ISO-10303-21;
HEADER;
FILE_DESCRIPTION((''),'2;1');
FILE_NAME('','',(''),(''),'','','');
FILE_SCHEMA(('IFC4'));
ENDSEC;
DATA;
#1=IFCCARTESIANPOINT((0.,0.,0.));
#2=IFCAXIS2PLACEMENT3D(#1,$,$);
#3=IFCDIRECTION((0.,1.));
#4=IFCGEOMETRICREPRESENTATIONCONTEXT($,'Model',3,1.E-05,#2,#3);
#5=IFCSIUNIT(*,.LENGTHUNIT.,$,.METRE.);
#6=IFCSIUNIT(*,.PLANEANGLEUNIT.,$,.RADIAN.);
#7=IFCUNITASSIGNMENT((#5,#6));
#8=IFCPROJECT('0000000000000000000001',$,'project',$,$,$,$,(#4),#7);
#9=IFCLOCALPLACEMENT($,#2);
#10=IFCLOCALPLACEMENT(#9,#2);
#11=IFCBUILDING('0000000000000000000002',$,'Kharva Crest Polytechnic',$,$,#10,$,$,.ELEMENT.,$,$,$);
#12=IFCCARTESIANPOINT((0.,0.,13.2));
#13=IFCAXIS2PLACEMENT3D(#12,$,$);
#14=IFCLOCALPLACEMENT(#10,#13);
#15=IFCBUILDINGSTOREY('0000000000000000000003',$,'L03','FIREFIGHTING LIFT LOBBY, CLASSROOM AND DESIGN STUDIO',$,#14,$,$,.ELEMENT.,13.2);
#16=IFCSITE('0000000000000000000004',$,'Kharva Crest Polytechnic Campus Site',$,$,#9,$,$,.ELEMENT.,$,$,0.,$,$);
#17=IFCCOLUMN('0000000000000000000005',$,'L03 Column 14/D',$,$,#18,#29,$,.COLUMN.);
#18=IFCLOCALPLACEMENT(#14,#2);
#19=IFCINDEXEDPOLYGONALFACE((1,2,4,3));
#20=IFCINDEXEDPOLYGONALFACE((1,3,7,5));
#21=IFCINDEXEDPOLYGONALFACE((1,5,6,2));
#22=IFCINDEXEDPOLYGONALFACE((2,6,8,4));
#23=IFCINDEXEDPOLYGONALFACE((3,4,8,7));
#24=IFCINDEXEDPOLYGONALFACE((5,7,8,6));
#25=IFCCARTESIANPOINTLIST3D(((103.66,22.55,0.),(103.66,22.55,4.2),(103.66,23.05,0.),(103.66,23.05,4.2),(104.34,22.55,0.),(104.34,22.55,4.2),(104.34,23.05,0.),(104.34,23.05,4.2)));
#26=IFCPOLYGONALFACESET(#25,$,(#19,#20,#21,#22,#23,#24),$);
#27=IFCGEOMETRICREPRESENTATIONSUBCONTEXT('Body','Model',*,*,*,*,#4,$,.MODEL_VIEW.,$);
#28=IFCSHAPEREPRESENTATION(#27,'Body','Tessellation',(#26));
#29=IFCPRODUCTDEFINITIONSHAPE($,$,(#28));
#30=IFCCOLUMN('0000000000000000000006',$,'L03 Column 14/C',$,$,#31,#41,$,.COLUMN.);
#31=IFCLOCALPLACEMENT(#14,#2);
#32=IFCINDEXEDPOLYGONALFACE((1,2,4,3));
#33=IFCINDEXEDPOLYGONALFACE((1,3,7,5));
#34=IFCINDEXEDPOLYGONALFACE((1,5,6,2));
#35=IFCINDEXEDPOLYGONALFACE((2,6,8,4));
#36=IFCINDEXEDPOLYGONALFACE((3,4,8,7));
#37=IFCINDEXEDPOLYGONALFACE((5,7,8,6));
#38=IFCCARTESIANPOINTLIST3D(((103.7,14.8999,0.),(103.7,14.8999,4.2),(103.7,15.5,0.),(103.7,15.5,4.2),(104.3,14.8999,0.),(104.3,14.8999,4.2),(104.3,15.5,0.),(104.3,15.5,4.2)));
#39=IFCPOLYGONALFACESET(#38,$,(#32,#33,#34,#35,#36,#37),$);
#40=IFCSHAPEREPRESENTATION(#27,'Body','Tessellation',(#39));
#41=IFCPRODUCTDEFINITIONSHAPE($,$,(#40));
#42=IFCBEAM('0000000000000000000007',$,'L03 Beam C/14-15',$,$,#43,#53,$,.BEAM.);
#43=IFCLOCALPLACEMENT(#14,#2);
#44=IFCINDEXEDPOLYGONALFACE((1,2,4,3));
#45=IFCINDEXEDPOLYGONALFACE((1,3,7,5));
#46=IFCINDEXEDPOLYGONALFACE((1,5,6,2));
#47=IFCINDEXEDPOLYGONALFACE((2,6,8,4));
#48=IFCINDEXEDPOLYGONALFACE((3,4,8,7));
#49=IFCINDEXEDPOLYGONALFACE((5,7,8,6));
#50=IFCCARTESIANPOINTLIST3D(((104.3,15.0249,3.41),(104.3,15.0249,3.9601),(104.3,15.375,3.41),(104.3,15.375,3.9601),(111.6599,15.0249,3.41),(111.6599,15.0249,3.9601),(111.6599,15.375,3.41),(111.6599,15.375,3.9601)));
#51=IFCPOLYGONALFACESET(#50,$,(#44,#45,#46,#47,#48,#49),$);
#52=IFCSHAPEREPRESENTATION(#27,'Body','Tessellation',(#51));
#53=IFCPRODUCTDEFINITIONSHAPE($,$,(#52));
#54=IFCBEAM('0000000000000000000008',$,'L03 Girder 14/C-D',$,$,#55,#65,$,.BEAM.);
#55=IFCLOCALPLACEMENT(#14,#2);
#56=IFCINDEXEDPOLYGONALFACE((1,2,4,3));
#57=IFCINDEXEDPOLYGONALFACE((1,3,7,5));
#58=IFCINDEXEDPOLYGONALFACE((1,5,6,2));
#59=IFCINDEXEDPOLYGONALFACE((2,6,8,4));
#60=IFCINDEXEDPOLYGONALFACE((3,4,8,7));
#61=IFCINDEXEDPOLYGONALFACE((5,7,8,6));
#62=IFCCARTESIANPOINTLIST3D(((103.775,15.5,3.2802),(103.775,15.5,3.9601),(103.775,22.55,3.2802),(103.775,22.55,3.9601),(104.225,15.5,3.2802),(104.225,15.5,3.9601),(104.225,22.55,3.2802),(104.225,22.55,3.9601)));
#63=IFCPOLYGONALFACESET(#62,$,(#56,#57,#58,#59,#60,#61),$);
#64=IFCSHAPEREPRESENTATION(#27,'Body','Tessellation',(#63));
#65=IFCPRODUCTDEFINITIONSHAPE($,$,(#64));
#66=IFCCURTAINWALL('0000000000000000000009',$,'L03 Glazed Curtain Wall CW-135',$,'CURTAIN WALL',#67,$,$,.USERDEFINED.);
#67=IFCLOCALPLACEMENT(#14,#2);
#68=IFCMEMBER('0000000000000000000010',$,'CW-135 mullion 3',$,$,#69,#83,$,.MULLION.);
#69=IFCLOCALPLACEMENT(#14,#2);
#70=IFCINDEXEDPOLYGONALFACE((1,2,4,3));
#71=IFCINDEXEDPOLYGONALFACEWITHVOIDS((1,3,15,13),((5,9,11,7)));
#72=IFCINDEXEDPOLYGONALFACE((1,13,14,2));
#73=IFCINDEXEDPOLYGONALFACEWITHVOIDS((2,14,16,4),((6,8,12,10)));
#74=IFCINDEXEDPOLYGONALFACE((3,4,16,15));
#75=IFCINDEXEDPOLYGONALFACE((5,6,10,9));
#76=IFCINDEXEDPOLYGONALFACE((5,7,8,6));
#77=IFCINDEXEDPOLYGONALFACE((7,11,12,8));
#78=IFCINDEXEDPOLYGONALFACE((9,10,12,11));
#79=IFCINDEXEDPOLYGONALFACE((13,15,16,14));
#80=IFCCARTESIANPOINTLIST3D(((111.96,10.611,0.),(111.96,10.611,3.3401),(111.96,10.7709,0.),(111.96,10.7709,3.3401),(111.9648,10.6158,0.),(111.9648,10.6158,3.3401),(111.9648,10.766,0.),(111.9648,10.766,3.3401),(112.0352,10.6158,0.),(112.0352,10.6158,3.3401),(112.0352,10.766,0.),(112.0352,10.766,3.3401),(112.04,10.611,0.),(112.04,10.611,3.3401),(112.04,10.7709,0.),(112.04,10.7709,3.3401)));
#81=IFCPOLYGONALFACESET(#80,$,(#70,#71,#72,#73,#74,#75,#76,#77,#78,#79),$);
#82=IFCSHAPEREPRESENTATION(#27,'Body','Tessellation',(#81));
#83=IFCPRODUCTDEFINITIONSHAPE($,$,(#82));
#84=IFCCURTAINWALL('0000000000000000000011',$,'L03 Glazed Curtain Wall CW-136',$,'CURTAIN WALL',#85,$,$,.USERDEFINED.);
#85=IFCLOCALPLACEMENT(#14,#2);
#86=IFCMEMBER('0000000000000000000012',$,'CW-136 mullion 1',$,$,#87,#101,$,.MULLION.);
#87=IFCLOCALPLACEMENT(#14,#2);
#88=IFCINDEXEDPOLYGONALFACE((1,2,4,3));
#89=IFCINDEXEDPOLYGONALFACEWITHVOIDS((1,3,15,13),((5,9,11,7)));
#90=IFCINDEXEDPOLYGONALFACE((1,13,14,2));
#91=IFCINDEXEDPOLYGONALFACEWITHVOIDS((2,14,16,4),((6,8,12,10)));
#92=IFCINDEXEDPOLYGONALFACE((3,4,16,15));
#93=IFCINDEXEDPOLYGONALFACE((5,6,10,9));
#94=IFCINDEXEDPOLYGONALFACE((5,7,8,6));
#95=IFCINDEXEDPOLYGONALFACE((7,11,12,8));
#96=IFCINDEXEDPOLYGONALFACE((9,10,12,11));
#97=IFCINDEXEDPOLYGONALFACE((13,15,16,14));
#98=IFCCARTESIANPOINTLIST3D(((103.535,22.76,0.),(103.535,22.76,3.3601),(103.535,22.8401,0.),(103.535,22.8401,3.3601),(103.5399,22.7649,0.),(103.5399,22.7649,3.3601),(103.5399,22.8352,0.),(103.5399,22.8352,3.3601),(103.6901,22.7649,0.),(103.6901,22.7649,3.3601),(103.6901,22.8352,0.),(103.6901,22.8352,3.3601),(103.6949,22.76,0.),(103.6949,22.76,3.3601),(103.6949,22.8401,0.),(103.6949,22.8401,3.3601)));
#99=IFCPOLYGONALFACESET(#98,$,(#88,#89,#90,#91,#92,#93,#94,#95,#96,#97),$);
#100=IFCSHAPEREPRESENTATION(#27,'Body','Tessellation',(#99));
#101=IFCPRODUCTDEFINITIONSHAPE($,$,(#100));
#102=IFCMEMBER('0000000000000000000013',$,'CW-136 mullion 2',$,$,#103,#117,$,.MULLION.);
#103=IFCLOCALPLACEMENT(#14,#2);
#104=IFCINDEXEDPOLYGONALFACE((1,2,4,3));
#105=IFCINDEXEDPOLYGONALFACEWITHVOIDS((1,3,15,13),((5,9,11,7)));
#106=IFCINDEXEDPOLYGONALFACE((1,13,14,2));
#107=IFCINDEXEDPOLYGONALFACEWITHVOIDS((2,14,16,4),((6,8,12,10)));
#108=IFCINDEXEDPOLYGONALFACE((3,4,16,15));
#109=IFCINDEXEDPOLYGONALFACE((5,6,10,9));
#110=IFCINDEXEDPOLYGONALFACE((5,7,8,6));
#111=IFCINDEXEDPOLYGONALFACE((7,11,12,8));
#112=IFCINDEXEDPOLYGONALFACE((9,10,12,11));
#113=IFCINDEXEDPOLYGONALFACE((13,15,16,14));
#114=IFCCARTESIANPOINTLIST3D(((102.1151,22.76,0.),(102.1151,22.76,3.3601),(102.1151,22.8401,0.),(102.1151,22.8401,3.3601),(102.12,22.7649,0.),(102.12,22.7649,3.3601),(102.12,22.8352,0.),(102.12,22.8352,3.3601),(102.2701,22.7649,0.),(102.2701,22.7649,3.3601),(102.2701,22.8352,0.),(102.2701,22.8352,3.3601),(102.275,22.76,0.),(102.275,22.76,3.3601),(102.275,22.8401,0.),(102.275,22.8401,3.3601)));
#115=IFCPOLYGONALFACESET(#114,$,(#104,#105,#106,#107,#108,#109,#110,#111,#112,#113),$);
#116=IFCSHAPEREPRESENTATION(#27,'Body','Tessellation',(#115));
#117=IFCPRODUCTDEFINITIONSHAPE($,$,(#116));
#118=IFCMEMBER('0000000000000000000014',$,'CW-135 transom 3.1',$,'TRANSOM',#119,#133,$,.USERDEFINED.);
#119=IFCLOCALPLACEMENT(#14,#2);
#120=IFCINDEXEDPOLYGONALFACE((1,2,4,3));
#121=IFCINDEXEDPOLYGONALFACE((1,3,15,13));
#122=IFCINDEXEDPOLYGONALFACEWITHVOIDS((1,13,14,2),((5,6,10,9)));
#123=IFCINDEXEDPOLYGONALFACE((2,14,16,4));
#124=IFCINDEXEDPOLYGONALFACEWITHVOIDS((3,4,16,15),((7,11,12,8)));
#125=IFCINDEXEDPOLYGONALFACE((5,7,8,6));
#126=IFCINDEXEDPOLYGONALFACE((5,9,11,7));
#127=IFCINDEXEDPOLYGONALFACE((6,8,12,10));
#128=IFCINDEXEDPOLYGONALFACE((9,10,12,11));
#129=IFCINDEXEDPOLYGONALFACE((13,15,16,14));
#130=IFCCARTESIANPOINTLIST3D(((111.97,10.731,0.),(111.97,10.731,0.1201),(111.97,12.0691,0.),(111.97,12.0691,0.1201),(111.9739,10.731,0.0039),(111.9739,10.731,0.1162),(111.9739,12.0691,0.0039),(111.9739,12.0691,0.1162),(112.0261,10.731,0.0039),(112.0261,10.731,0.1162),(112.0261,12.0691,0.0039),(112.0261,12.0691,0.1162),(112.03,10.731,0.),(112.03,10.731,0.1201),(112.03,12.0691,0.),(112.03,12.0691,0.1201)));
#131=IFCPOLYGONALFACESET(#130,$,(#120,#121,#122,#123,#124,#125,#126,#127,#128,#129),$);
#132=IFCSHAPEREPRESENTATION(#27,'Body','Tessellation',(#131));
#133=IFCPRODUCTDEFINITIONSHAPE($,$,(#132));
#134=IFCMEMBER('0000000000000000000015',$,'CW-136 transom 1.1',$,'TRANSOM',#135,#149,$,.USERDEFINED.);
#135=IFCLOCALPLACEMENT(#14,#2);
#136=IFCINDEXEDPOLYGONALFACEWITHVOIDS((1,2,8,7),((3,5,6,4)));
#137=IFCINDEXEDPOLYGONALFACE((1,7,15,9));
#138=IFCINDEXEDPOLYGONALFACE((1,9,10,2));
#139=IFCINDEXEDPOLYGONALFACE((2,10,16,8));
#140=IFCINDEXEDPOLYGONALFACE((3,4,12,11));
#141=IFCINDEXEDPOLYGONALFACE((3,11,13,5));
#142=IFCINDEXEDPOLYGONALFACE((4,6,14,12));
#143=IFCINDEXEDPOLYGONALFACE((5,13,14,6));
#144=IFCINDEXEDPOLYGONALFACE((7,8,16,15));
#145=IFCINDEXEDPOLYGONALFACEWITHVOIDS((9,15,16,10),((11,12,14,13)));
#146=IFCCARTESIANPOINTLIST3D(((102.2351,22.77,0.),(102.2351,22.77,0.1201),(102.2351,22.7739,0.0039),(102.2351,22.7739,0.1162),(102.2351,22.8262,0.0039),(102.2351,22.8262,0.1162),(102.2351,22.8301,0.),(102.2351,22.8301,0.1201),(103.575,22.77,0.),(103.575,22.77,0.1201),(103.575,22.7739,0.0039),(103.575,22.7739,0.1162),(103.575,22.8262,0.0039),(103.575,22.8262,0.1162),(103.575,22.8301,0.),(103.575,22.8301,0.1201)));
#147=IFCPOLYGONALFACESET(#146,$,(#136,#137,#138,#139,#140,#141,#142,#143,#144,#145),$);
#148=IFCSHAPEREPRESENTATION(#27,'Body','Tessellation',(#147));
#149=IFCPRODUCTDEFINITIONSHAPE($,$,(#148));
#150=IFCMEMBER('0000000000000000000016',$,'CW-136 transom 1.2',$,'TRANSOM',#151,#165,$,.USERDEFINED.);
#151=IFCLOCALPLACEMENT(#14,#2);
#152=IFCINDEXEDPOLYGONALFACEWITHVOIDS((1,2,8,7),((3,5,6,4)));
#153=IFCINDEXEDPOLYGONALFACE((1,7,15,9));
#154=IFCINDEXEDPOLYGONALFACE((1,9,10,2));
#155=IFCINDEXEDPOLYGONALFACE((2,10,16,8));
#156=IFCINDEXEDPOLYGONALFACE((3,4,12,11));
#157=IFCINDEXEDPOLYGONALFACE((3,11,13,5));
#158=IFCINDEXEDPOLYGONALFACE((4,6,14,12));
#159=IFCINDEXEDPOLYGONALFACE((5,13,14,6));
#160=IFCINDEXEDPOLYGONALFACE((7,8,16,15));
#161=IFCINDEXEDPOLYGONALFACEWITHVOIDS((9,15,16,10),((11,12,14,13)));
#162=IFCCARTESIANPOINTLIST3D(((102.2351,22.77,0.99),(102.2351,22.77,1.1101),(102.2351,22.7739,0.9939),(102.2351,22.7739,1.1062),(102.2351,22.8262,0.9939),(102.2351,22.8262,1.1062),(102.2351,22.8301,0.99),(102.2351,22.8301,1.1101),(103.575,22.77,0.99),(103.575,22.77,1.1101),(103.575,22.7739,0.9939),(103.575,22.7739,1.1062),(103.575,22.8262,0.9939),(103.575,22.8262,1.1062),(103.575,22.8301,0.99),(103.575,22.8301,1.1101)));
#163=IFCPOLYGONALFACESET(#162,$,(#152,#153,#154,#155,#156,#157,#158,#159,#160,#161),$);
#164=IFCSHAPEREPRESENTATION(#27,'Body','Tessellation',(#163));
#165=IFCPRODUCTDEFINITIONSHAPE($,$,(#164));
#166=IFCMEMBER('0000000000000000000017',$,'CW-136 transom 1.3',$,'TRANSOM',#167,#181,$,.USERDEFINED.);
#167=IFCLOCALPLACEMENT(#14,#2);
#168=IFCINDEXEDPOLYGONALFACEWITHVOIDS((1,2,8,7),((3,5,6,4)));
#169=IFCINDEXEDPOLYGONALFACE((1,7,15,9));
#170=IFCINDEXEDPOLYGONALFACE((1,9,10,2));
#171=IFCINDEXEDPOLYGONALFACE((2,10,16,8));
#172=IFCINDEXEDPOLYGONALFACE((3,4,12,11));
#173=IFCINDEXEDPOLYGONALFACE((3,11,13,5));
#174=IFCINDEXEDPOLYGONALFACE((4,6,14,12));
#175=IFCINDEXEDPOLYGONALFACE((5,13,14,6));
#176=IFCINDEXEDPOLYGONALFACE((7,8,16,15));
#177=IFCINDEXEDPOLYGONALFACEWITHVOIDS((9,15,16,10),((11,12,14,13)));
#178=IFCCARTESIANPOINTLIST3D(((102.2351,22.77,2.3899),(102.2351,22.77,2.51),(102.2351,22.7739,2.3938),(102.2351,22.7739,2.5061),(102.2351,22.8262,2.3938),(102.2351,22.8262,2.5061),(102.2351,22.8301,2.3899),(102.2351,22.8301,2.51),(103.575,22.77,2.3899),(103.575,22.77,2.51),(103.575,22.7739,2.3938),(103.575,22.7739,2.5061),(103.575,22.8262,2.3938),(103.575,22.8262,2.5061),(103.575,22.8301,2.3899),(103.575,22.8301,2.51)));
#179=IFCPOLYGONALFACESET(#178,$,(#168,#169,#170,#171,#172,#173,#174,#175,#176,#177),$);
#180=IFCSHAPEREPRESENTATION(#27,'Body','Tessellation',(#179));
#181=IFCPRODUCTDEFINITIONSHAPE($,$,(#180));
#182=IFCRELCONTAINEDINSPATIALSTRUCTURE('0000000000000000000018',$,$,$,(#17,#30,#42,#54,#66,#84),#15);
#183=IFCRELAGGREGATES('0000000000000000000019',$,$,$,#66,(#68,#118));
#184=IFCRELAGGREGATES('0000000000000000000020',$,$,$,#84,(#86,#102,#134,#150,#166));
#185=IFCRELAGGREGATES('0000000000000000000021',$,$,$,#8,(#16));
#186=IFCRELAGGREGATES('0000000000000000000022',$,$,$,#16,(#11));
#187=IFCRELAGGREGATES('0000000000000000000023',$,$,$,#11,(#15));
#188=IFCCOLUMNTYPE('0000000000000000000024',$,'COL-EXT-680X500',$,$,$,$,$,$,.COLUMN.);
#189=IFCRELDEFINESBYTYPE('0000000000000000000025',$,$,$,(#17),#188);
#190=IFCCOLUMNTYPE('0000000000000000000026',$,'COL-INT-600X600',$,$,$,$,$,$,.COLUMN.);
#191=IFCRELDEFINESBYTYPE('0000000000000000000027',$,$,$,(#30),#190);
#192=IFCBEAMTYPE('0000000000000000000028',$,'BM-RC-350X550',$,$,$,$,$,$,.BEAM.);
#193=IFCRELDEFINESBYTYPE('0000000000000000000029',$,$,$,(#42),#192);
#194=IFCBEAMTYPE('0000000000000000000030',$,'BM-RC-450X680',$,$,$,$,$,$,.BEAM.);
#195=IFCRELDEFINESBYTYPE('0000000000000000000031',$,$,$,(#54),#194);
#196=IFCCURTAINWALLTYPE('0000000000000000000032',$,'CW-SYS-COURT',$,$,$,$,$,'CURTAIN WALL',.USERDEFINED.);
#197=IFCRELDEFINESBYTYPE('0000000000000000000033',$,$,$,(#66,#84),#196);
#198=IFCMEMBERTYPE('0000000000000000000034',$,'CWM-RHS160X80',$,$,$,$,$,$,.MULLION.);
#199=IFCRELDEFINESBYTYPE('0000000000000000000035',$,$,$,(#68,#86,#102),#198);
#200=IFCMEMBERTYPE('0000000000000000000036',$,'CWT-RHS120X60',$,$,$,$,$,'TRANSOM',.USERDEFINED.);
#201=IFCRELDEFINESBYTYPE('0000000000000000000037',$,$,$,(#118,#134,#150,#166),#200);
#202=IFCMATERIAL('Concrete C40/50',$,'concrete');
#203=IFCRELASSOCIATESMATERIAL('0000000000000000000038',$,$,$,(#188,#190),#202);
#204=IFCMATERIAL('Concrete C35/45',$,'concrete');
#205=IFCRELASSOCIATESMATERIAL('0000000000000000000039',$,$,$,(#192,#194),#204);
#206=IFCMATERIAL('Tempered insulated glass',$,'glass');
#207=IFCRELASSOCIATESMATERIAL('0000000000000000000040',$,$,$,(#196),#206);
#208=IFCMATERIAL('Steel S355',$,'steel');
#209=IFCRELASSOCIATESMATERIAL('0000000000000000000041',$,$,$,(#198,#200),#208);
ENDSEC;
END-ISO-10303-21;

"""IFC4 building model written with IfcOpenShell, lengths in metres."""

from ifc_helpers import new_model, si_unit, direction, frame, origin, origin_2d, place, context, subcontext, project, spatial, rectangle, hollow_rectangle, extrude, material, material_profile, profile_set, type_object, element, aggregate, save


model = new_model("IFC4")

# Units and contexts
model_context = context("Model", 3, precision=1e-05, world=origin(), true_north=direction((0.0, 1.0)))
body_context = subcontext(model_context, "Body", "Model", "MODEL_VIEW")
ifc_project = project(units=[si_unit("LENGTHUNIT", "METRE"), si_unit("PLANEANGLEUNIT", "RADIAN")], contexts=[model_context])

# Site, building, storey
site_placement = place(None, origin())
site = spatial("IfcSite", under=ifc_project, at=site_placement, Name="Kharva Crest Polytechnic Campus Site", CompositionType="ELEMENT", RefElevation=0.0)
building_placement = place(site_placement, origin())
building = spatial("IfcBuilding", under=site, at=building_placement, Name="Kharva Crest Polytechnic", CompositionType="ELEMENT")
storey_placement = place(building_placement, frame((0.0, 0.0, 13.2)))
storey = spatial("IfcBuildingStorey", under=building, at=storey_placement, Name="L03", Description="FIREFIGHTING LIFT LOBBY, CLASSROOM AND DESIGN STUDIO", CompositionType="ELEMENT", Elevation=13.2)

# Columns
ifc_material_1 = material(Name="Concrete C40/50", Category="concrete")
ifc_material_profile_1 = material_profile(ifc_material_1, rectangle(XDim=0.6799, YDim=0.5, at=origin_2d()), Name="RECT 680 X 500")
ifc_profile_set_1 = profile_set([ifc_material_profile_1], Name="Concrete C40/50")
column_type_1 = type_object("IfcColumnType", Name="COL-EXT-680X500", PredefinedType="COLUMN", material=ifc_profile_set_1)
column_1_placement = place(storey_placement, frame((104.0, 22.8, 0.0), z_axis=(0.0, 0.0, 1.0), x_axis=(1.0, 0.0, 0.0)))
element("IfcColumn", 1, at=column_1_placement, inside=storey, type_object=column_type_1, Name="L03 Column 14/D", PredefinedType="COLUMN", context=body_context, shape_type="SweptSolid", body=[
    extrude(rectangle(XDim=0.6799, YDim=0.5, at=origin_2d()), origin(), (0.0, 0.0, 1.0), 4.2),
])
ifc_material_profile_2 = material_profile(ifc_material_1, rectangle(XDim=0.6001, YDim=0.6001, at=origin_2d()), Name="RECT 600 X 600")
ifc_profile_set_2 = profile_set([ifc_material_profile_2], Name="Concrete C40/50")
column_type_2 = type_object("IfcColumnType", Name="COL-INT-600X600", PredefinedType="COLUMN", material=ifc_profile_set_2)
column_2_placement = place(storey_placement, frame((104.0, 15.2, 0.0), z_axis=(0.0, 0.0, 1.0), x_axis=(1.0, 0.0, 0.0)))
element("IfcColumn", 2, at=column_2_placement, inside=storey, type_object=column_type_2, Name="L03 Column 14/C", PredefinedType="COLUMN", context=body_context, shape_type="SweptSolid", body=[
    extrude(rectangle(XDim=0.6001, YDim=0.6001, at=origin_2d()), origin(), (0.0, 0.0, 1.0), 4.2),
])

# Beams
ifc_material_2 = material(Name="Concrete C35/45", Category="concrete")
ifc_material_profile_3 = material_profile(ifc_material_2, rectangle(XDim=0.3501, YDim=0.55, at=origin_2d()), Name="RECT 350 X 550")
ifc_profile_set_3 = profile_set([ifc_material_profile_3], Name="Concrete C35/45")
beam_type_1 = type_object("IfcBeamType", Name="BM-RC-350X550", PredefinedType="BEAM", material=ifc_profile_set_3)
beam_1_placement = place(storey_placement, frame((104.3, 15.2, 3.6851), z_axis=(1.0, 0.0, 0.0), x_axis=(0.0, 1.0, 0.0)))
element("IfcBeam", 3, at=beam_1_placement, inside=storey, type_object=beam_type_1, Name="L03 Beam C/14-15", PredefinedType="BEAM", context=body_context, shape_type="SweptSolid", body=[
    extrude(rectangle(XDim=0.3501, YDim=0.55, at=origin_2d()), origin(), (0.0, 0.0, 1.0), 7.3599),
])
ifc_material_profile_4 = material_profile(ifc_material_2, rectangle(XDim=0.45, YDim=0.6799, at=origin_2d()), Name="RECT 450 X 680")
ifc_profile_set_4 = profile_set([ifc_material_profile_4], Name="Concrete C35/45")
beam_type_2 = type_object("IfcBeamType", Name="BM-RC-450X680", PredefinedType="BEAM", material=ifc_profile_set_4)
beam_2_placement = place(storey_placement, frame((104.0, 15.5, 3.6201), z_axis=(0.0, 1.0, 0.0), x_axis=(-1.0, 0.0, 0.0)))
element("IfcBeam", 4, at=beam_2_placement, inside=storey, type_object=beam_type_2, Name="L03 Girder 14/C-D", PredefinedType="BEAM", context=body_context, shape_type="SweptSolid", body=[
    extrude(rectangle(XDim=0.45, YDim=0.6799, at=origin_2d()), origin(), (0.0, 0.0, 1.0), 7.05),
])

# Curtain wall, member
ifc_material_3 = material(Name="Tempered insulated glass", Category="glass")
curtain_wall_type = type_object("IfcCurtainWallType", Name="CW-SYS-COURT", ElementType="CURTAIN WALL", PredefinedType="USERDEFINED", material=ifc_material_3)
curtain_wall_1_placement = place(storey_placement, origin())
curtain_wall_1 = element("IfcCurtainWall", 5, at=curtain_wall_1_placement, inside=storey, type_object=curtain_wall_type, Name="L03 Glazed Curtain Wall CW-135", ObjectType="CURTAIN WALL", PredefinedType="USERDEFINED")
ifc_material_4 = material(Name="Steel S355", Category="steel")
ifc_material_profile_5 = material_profile(ifc_material_4, hollow_rectangle(XDim=0.0801, YDim=0.1599, WallThickness=0.0049, at=origin_2d()), Name="RHS 160X80X5.0")
ifc_profile_set_5 = profile_set([ifc_material_profile_5], Name="Steel S355")
member_type_1 = type_object("IfcMemberType", Name="CWM-RHS160X80", PredefinedType="MULLION", material=ifc_profile_set_5)
member_1_placement = place(storey_placement, frame((112.0, 10.6909, 0.0), z_axis=(0.0, 0.0, 1.0), x_axis=(-1.0, 0.0, 0.0)))
member_1 = element("IfcMember", 6, at=member_1_placement, type_object=member_type_1, Name="CW-135 mullion 3", PredefinedType="MULLION", context=body_context, shape_type="SweptSolid", body=[
    extrude(hollow_rectangle(XDim=0.0801, YDim=0.1599, WallThickness=0.0049, at=origin_2d()), origin(), (0.0, 0.0, 1.0), 3.3401),
])

# Curtain wall, members
curtain_wall_2_placement = place(storey_placement, origin())
curtain_wall_2 = element("IfcCurtainWall", 7, at=curtain_wall_2_placement, inside=storey, type_object=curtain_wall_type, Name="L03 Glazed Curtain Wall CW-136", ObjectType="CURTAIN WALL", PredefinedType="USERDEFINED")
member_2_placement = place(storey_placement, frame((103.615, 22.8, 0.0), z_axis=(0.0, 0.0, 1.0), x_axis=(0.0, -1.0, 0.0)))
member_2 = element("IfcMember", 8, at=member_2_placement, type_object=member_type_1, Name="CW-136 mullion 1", PredefinedType="MULLION", context=body_context, shape_type="SweptSolid", body=[
    extrude(hollow_rectangle(XDim=0.0801, YDim=0.1599, WallThickness=0.0049, at=origin_2d()), origin(), (0.0, 0.0, 1.0), 3.3601),
])
member_3_placement = place(storey_placement, frame((102.1951, 22.8, 0.0), z_axis=(0.0, 0.0, 1.0), x_axis=(0.0, -1.0, 0.0)))
member_3 = element("IfcMember", 9, at=member_3_placement, type_object=member_type_1, Name="CW-136 mullion 2", PredefinedType="MULLION", context=body_context, shape_type="SweptSolid", body=[
    extrude(hollow_rectangle(XDim=0.0801, YDim=0.1599, WallThickness=0.0049, at=origin_2d()), origin(), (0.0, 0.0, 1.0), 3.3601),
])

# Members
ifc_material_profile_6 = material_profile(ifc_material_4, hollow_rectangle(XDim=0.0601, YDim=0.1201, WallThickness=0.0039, at=origin_2d()), Name="RHS 120X60X4.0")
ifc_profile_set_6 = profile_set([ifc_material_profile_6], Name="Steel S355")
member_type_2 = type_object("IfcMemberType", Name="CWT-RHS120X60", ElementType="TRANSOM", PredefinedType="USERDEFINED", material=ifc_profile_set_6)
member_4_placement = place(storey_placement, frame((112.0, 10.731, 0.0601), z_axis=(0.0, 1.0, 0.0), x_axis=(-1.0, 0.0, 0.0)))
member_4 = element("IfcMember", 10, at=member_4_placement, type_object=member_type_2, Name="CW-135 transom 3.1", ObjectType="TRANSOM", PredefinedType="USERDEFINED", context=body_context, shape_type="SweptSolid", body=[
    extrude(hollow_rectangle(XDim=0.0601, YDim=0.1201, WallThickness=0.0039, at=origin_2d()), origin(), (0.0, 0.0, 1.0), 1.3381),
])
aggregate(curtain_wall_1, [member_1, member_4])
member_5_placement = place(storey_placement, frame((103.575, 22.8, 0.0601), z_axis=(-1.0, 0.0, 0.0), x_axis=(0.0, -1.0, 0.0)))
member_5 = element("IfcMember", 11, at=member_5_placement, type_object=member_type_2, Name="CW-136 transom 1.1", ObjectType="TRANSOM", PredefinedType="USERDEFINED", context=body_context, shape_type="SweptSolid", body=[
    extrude(hollow_rectangle(XDim=0.0601, YDim=0.1201, WallThickness=0.0039, at=origin_2d()), origin(), (0.0, 0.0, 1.0), 1.3398),
])
member_6_placement = place(storey_placement, frame((103.575, 22.8, 1.05), z_axis=(-1.0, 0.0, 0.0), x_axis=(0.0, -1.0, 0.0)))
member_6 = element("IfcMember", 12, at=member_6_placement, type_object=member_type_2, Name="CW-136 transom 1.2", ObjectType="TRANSOM", PredefinedType="USERDEFINED", context=body_context, shape_type="SweptSolid", body=[
    extrude(hollow_rectangle(XDim=0.0601, YDim=0.1201, WallThickness=0.0039, at=origin_2d()), origin(), (0.0, 0.0, 1.0), 1.3398),
])
member_7_placement = place(storey_placement, frame((103.575, 22.8, 2.45), z_axis=(-1.0, 0.0, 0.0), x_axis=(0.0, -1.0, 0.0)))
member_7 = element("IfcMember", 13, at=member_7_placement, type_object=member_type_2, Name="CW-136 transom 1.3", ObjectType="TRANSOM", PredefinedType="USERDEFINED", context=body_context, shape_type="SweptSolid", body=[
    extrude(hollow_rectangle(XDim=0.0601, YDim=0.1201, WallThickness=0.0039, at=origin_2d()), origin(), (0.0, 0.0, 1.0), 1.3398),
])

aggregate(curtain_wall_2, [member_2, member_3, member_5, member_6, member_7])

save(model, "model.ifc")
